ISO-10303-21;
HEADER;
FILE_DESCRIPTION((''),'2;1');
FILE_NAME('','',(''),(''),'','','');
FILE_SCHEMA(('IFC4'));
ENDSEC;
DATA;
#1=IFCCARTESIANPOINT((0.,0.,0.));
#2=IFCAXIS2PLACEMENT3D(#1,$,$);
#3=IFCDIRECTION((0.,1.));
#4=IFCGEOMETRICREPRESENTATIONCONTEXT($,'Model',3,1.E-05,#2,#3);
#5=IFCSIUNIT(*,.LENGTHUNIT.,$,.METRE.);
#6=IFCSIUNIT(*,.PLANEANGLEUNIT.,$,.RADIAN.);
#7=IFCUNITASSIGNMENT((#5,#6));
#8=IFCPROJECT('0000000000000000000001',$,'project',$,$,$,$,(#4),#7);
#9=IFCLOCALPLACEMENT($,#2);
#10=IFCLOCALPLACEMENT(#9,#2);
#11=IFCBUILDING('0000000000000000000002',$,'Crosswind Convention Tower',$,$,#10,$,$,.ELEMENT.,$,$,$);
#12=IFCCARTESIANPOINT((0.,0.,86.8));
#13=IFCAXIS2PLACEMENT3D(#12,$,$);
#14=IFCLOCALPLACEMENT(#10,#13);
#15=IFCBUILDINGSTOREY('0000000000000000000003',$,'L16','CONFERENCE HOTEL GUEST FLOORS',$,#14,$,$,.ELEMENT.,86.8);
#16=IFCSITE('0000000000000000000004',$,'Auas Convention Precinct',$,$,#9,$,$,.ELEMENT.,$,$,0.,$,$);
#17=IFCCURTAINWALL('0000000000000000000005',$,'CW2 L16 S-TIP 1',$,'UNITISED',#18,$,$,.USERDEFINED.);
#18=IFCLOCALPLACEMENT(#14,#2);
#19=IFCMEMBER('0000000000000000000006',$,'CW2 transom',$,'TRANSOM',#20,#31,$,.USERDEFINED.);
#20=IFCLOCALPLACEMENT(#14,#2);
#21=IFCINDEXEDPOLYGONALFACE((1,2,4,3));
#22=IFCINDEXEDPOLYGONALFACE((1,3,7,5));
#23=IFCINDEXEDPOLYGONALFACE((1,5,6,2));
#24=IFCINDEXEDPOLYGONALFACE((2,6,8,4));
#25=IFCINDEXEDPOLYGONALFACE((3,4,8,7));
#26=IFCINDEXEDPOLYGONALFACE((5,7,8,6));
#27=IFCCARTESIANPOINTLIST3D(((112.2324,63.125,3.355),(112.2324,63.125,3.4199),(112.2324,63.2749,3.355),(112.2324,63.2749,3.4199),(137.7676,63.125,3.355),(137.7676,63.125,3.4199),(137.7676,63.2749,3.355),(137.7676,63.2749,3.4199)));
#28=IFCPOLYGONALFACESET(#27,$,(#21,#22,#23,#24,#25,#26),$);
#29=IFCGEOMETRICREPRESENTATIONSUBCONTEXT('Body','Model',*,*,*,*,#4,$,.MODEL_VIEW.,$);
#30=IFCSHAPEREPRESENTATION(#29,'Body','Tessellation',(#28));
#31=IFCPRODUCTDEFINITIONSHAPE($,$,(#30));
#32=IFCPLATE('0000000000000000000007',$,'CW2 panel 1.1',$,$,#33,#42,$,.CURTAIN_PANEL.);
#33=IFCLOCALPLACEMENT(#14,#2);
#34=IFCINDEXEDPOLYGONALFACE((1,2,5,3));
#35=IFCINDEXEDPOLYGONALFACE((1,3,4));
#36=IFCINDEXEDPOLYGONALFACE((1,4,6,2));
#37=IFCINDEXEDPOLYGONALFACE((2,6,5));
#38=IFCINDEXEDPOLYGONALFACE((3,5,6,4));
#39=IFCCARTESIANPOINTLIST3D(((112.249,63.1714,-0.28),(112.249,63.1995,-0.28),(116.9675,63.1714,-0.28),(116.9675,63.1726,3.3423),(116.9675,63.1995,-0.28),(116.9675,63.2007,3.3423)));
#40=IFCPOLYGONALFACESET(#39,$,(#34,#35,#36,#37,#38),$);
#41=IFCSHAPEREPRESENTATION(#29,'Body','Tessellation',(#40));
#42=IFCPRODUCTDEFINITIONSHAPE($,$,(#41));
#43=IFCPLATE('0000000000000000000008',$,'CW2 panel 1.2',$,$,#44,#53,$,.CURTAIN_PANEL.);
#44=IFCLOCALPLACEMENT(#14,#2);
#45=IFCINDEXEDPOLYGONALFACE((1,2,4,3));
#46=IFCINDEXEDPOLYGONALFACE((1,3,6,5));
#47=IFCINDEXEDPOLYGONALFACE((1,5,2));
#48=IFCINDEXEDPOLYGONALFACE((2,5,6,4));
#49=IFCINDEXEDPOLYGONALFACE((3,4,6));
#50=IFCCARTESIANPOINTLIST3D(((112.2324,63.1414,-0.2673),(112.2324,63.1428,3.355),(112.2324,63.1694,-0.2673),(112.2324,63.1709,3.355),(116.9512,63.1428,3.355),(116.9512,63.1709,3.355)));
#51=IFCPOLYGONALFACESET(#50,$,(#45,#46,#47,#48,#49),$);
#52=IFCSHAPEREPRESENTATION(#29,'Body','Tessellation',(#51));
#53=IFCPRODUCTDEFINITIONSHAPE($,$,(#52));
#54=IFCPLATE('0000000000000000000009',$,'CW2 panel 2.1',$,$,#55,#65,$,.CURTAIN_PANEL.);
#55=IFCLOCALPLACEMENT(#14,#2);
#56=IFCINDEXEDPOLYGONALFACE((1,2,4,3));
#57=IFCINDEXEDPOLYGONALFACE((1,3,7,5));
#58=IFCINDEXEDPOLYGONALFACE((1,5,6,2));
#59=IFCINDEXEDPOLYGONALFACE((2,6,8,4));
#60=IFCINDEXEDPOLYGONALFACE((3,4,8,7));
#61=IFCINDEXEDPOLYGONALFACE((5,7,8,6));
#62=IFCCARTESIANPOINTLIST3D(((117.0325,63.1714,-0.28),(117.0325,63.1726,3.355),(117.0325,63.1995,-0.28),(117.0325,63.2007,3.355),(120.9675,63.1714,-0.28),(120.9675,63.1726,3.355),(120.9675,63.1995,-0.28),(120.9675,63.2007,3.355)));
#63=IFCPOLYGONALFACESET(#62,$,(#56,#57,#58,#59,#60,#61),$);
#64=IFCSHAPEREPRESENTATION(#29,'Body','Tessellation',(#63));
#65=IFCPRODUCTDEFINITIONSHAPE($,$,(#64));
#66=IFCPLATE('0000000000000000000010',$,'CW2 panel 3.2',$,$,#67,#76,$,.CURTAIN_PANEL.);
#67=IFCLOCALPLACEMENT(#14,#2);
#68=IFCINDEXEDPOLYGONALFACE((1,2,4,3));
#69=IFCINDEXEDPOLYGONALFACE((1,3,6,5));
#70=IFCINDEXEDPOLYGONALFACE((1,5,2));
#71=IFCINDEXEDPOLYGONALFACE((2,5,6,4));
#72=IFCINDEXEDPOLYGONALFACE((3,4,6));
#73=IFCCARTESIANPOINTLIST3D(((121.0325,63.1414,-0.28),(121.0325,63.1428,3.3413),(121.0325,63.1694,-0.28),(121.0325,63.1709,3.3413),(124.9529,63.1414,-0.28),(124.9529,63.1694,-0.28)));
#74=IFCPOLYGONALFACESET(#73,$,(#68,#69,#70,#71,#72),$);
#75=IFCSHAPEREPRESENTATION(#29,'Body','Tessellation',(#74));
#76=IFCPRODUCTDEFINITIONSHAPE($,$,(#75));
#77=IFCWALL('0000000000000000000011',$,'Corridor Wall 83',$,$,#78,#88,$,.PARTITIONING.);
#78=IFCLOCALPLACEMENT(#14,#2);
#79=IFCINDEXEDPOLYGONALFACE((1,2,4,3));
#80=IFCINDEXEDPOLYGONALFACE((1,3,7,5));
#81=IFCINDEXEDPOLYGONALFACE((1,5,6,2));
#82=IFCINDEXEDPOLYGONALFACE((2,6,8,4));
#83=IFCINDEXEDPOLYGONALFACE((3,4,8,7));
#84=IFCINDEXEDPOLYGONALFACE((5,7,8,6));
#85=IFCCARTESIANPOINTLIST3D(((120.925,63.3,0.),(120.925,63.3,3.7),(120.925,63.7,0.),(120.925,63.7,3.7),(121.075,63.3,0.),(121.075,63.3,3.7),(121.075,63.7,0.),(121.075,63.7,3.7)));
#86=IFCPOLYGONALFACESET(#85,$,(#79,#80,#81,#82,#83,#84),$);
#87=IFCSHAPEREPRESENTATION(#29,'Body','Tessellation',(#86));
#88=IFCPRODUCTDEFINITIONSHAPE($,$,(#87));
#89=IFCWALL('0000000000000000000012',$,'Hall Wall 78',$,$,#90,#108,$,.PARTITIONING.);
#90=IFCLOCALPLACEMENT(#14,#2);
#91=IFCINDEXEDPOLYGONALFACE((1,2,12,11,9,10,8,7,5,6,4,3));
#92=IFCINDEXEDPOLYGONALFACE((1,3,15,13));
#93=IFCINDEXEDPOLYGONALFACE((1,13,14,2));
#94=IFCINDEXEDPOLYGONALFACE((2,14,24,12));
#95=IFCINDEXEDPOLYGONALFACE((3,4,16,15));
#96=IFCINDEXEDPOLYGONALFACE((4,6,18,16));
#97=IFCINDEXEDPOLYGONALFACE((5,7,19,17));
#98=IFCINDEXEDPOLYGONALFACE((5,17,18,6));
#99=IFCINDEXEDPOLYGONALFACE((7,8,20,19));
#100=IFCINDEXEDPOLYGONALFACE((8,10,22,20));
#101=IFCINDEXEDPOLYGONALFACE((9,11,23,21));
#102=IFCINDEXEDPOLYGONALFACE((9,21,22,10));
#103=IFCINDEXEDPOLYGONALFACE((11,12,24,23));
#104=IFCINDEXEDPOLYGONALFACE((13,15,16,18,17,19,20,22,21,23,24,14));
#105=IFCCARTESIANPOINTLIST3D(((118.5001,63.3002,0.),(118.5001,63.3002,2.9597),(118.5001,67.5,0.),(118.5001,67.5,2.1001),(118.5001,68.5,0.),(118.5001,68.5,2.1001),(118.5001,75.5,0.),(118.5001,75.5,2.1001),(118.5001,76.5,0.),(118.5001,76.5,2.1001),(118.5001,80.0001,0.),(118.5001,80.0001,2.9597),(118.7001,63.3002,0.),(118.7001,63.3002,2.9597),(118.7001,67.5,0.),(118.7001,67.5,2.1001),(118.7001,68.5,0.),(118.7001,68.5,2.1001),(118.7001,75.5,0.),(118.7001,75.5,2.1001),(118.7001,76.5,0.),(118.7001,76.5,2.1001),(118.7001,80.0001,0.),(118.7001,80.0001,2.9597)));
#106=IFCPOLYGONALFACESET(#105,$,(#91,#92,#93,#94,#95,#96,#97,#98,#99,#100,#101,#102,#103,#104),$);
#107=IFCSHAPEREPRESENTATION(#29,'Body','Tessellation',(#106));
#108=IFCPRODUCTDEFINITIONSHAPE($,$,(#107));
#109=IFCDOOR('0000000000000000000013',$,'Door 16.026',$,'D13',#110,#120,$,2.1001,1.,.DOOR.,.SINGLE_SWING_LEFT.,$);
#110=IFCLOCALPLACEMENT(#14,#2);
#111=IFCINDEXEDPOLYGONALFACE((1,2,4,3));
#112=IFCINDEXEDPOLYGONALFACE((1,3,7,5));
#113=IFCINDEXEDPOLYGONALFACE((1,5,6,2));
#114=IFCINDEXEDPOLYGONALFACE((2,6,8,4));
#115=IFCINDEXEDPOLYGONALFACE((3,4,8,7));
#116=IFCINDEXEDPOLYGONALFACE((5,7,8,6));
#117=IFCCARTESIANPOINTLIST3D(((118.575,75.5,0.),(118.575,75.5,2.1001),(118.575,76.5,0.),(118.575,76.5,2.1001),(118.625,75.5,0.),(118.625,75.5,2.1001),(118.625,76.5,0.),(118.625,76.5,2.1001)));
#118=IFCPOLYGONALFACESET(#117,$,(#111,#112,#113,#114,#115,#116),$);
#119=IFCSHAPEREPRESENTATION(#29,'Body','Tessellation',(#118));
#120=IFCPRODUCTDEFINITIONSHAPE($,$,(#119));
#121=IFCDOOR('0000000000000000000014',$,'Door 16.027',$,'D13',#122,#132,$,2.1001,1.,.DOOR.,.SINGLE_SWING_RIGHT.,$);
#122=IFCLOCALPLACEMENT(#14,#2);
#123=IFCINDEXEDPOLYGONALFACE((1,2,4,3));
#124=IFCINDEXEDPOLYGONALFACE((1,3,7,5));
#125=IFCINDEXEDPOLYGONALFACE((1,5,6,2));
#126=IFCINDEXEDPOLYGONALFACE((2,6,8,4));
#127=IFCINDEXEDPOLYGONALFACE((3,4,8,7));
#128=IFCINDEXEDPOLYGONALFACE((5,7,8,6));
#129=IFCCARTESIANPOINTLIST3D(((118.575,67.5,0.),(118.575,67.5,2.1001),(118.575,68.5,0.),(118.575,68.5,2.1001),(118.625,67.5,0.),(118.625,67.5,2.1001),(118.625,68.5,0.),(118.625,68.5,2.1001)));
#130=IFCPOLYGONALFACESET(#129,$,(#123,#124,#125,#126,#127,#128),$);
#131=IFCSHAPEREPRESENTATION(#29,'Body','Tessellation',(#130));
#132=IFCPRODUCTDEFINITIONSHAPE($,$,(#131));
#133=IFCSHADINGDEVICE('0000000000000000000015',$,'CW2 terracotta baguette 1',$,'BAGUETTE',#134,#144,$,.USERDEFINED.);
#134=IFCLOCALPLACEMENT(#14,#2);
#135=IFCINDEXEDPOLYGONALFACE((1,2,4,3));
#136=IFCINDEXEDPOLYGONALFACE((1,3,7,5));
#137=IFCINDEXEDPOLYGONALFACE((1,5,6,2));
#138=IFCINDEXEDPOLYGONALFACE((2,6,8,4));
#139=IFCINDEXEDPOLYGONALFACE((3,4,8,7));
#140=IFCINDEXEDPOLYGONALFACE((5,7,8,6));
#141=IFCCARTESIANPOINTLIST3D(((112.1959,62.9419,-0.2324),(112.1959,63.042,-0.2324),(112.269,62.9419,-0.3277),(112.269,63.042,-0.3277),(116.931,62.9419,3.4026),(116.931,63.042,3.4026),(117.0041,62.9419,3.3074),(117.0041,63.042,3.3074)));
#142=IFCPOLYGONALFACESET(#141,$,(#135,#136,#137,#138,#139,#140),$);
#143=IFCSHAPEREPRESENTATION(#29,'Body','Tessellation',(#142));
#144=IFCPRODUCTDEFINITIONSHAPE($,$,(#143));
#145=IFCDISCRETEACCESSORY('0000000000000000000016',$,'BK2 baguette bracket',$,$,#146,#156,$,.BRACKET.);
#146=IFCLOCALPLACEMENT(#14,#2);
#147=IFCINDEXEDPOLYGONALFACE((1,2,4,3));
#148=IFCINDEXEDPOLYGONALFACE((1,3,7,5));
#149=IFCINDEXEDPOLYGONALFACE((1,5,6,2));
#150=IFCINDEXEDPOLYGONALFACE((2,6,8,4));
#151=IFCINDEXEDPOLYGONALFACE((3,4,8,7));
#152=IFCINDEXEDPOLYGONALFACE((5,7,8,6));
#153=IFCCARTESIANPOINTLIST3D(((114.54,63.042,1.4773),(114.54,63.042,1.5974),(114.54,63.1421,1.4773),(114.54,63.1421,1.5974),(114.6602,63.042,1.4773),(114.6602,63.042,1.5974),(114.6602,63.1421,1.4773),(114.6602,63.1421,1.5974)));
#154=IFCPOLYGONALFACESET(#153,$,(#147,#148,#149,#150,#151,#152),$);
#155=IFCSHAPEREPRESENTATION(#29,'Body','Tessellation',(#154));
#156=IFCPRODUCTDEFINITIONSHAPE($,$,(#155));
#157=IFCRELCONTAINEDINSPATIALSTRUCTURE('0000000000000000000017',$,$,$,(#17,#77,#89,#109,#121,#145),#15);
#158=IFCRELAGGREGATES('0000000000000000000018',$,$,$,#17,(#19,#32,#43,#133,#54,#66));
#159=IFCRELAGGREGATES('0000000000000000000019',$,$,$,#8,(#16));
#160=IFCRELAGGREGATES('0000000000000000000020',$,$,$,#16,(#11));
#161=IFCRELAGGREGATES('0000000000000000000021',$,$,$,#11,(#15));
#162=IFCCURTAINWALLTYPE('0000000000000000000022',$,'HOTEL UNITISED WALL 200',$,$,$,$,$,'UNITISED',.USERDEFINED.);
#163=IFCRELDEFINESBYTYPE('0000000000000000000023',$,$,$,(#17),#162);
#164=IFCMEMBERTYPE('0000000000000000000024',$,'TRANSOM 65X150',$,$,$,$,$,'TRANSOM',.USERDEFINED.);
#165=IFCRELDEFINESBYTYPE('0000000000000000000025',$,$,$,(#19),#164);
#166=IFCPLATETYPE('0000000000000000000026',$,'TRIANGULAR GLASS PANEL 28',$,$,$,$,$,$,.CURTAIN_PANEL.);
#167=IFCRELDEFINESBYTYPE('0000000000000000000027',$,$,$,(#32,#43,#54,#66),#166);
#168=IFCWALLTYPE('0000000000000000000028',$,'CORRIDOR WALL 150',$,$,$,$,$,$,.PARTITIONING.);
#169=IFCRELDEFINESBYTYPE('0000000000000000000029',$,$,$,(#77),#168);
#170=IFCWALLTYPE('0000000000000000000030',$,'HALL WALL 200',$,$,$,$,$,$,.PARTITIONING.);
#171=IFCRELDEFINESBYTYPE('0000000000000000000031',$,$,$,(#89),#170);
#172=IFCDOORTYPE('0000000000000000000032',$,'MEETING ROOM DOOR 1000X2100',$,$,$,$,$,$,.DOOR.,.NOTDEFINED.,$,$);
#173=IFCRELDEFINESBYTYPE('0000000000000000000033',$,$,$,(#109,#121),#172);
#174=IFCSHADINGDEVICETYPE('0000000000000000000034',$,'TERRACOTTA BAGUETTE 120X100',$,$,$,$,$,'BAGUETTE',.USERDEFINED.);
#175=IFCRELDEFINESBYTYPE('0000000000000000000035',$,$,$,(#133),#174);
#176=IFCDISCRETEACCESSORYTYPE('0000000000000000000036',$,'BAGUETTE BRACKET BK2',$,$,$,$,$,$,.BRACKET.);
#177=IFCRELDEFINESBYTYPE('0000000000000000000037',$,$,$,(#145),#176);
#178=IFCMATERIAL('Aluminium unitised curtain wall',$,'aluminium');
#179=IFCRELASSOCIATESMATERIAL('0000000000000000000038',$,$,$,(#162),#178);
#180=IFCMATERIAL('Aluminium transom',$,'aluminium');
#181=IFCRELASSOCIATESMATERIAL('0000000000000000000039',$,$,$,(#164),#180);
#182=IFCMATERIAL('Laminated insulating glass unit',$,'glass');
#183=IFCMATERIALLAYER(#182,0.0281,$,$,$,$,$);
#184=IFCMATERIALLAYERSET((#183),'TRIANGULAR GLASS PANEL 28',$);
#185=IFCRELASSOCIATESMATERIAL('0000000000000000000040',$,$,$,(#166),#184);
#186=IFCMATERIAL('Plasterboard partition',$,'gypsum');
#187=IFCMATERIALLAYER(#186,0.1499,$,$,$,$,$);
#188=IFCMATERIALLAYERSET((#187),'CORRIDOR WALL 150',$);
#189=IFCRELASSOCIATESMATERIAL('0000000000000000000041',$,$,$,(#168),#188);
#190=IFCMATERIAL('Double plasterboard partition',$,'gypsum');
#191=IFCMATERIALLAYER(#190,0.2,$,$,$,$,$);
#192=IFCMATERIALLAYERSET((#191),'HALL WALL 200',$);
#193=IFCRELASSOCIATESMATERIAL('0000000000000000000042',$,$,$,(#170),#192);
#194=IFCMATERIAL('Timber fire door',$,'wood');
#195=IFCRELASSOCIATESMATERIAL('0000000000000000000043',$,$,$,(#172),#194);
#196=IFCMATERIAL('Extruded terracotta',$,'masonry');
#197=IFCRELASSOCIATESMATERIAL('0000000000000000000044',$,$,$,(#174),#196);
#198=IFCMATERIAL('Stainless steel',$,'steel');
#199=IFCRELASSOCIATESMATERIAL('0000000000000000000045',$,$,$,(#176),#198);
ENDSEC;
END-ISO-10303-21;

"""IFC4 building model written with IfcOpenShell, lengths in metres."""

from ifc_helpers import new_model, si_unit, direction, frame, frame_2d, origin, origin_2d, place, context, subcontext, project, spatial, polyline, rectangle, outline, extrude, material, layer, layer_set, material_profile, profile_set, type_object, element, fill, aggregate, save


model = new_model("IFC4")

# Units and contexts
model_context = context("Model", 3, precision=1e-05, world=origin(), true_north=direction((0.0, 1.0)))
body_context = subcontext(model_context, "Body", "Model", "MODEL_VIEW")
ifc_project = project(units=[si_unit("LENGTHUNIT", "METRE"), si_unit("PLANEANGLEUNIT", "RADIAN")], contexts=[model_context])

# Site, building, storey
site_placement = place(None, origin())
site = spatial("IfcSite", under=ifc_project, at=site_placement, Name="Auas Convention Precinct", CompositionType="ELEMENT", RefElevation=0.0)
building_placement = place(site_placement, origin())
building = spatial("IfcBuilding", under=site, at=building_placement, Name="Crosswind Convention Tower", CompositionType="ELEMENT")
storey_placement = place(building_placement, frame((0.0, 0.0, 86.8)))
storey = spatial("IfcBuildingStorey", under=building, at=storey_placement, Name="L16", Description="CONFERENCE HOTEL GUEST FLOORS", CompositionType="ELEMENT", Elevation=86.8)

# Curtain wall, member, plates
ifc_material_1 = material(Name="Aluminium unitised curtain wall", Category="aluminium")
curtain_wall_type = type_object("IfcCurtainWallType", Name="HOTEL UNITISED WALL 200", ElementType="UNITISED", PredefinedType="USERDEFINED", material=ifc_material_1)
curtain_wall_placement = place(storey_placement, origin())
curtain_wall = element("IfcCurtainWall", 1, at=curtain_wall_placement, inside=storey, type_object=curtain_wall_type, Name="CW2 L16 S-TIP 1", ObjectType="UNITISED", PredefinedType="USERDEFINED")
ifc_material_2 = material(Name="Aluminium transom", Category="aluminium")
ifc_material_profile_1 = material_profile(ifc_material_2, rectangle(XDim=0.1499, YDim=0.0649, at=origin_2d()), Name="AL 150X65")
ifc_profile_set_1 = profile_set([ifc_material_profile_1], Name="Aluminium transom")
member_type_1 = type_object("IfcMemberType", Name="TRANSOM 65X150", ElementType="TRANSOM", PredefinedType="USERDEFINED", material=ifc_profile_set_1)
member_1_placement = place(storey_placement, frame((112.2324, 63.2, 3.3875), z_axis=(1.0, 0.0, 0.0), x_axis=(0.0, 1.0, 0.0)))
member_1 = element("IfcMember", 2, at=member_1_placement, type_object=member_type_1, Name="CW2 transom", ObjectType="TRANSOM", PredefinedType="USERDEFINED", context=body_context, shape_type="SweptSolid", body=[
    extrude(rectangle(XDim=0.1499, YDim=0.0649, at=origin_2d()), origin(), (0.0, 0.0, 1.0), 25.5352),
])
ifc_material_3 = material(Name="Laminated insulating glass unit", Category="glass")
ifc_layer_1 = layer(ifc_material_3, 0.0281)
ifc_layer_set_1 = layer_set([ifc_layer_1], Name="TRIANGULAR GLASS PANEL 28")
plate_type = type_object("IfcPlateType", Name="TRIANGULAR GLASS PANEL 28", PredefinedType="CURTAIN_PANEL", material=ifc_layer_set_1)
plate_1_placement = place(storey_placement, frame((116.9675, 63.1714, -0.28), z_axis=(0.0, -1.0, 0.000337), x_axis=(0.0, 0.000337, 1.0)))
plate_1 = element("IfcPlate", 3, at=plate_1_placement, type_object=plate_type, Name="CW2 panel 1.1", PredefinedType="CURTAIN_PANEL", context=body_context, shape_type="SweptSolid", body=[
    extrude(outline(polyline([(0.0, 0.0), (3.6223, 0.0), (0.0, 4.7185), (0.0, 0.0)])), origin(), (0.0, 0.0, -1.0), 0.0281),
])
plate_2_placement = place(storey_placement, frame((112.2324, 63.1428, 3.355), z_axis=(0.0, -1.0, 0.000404), x_axis=(0.0, -0.000404, -1.0)))
plate_2 = element("IfcPlate", 4, at=plate_2_placement, type_object=plate_type, Name="CW2 panel 1.2", PredefinedType="CURTAIN_PANEL", context=body_context, shape_type="SweptSolid", body=[
    extrude(outline(polyline([(0.0, 0.0), (3.6223, 0.0), (0.0, 4.7188), (0.0, 0.0)])), origin(), (0.0, 0.0, -1.0), 0.0281),
])
plate_3_placement = place(storey_placement, frame((117.0325, 63.1714, -0.28), z_axis=(0.0, -1.0, 0.000336), x_axis=(1.0, 0.0, 0.0)))
plate_3 = element("IfcPlate", 5, at=plate_3_placement, type_object=plate_type, Name="CW2 panel 2.1", PredefinedType="CURTAIN_PANEL", context=body_context, shape_type="SweptSolid", body=[
    extrude(outline(polyline([(0.0, 0.0), (3.9351, 0.0), (3.9351, 3.635), (0.0, 3.635), (0.0, 0.0)])), origin(), (0.0, 0.0, -1.0), 0.0281),
])
plate_4_placement = place(storey_placement, frame((121.0325, 63.1414, -0.28), z_axis=(0.0, -1.0, 0.000405), x_axis=(1.0, 0.0, 0.0)))
plate_4 = element("IfcPlate", 6, at=plate_4_placement, type_object=plate_type, Name="CW2 panel 3.2", PredefinedType="CURTAIN_PANEL", context=body_context, shape_type="SweptSolid", body=[
    extrude(outline(polyline([(0.0, 0.0), (3.9204, 0.0), (0.0, 3.6213), (0.0, 0.0)])), origin(), (0.0, 0.0, -1.0), 0.0281),
])

# Wall
ifc_material_4 = material(Name="Plasterboard partition", Category="gypsum")
ifc_layer_2 = layer(ifc_material_4, 0.1499)
ifc_layer_set_2 = layer_set([ifc_layer_2], Name="CORRIDOR WALL 150")
wall_type_1 = type_object("IfcWallType", Name="CORRIDOR WALL 150", PredefinedType="PARTITIONING", material=ifc_layer_set_2)
wall_1_placement = place(storey_placement, frame((121.0, 63.3, 0.0), z_axis=(0.0, 0.0, 1.0), x_axis=(0.0, 1.0, 0.0)))
element("IfcWall", 7, at=wall_1_placement, inside=storey, type_object=wall_type_1, Name="Corridor Wall 83", PredefinedType="PARTITIONING", context=body_context, shape_type="SweptSolid", body=[
    extrude(rectangle(XDim=0.3999, YDim=0.1499, at=frame_2d((0.2, 0.0))), origin(), (0.0, 0.0, 1.0), 3.7),
])

# Wall, openings, doors
ifc_material_5 = material(Name="Double plasterboard partition", Category="gypsum")
ifc_layer_3 = layer(ifc_material_5, 0.2)
ifc_layer_set_3 = layer_set([ifc_layer_3], Name="HALL WALL 200")
wall_type_2 = type_object("IfcWallType", Name="HALL WALL 200", PredefinedType="PARTITIONING", material=ifc_layer_set_3)
wall_2_placement = place(storey_placement, frame((118.6001, 63.3, 0.0), z_axis=(0.0, 0.0, 1.0), x_axis=(0.0, 1.0, 0.0)))
wall_2 = element("IfcWall", 8, at=wall_2_placement, inside=storey, type_object=wall_type_2, Name="Hall Wall 78", PredefinedType="PARTITIONING", context=body_context, shape_type="SweptSolid", body=[
    extrude(rectangle(XDim=16.7, YDim=0.2, at=frame_2d((8.3501, 0.0))), origin(), (0.0, 0.0, 1.0), 2.9597),
])
opening_1_placement = place(wall_2_placement, frame((12.2, 0.0, 0.0)))
opening_1 = element("IfcOpeningElement", 9, at=opening_1_placement, cuts=wall_2, PredefinedType="OPENING", context=body_context, shape_type="SweptSolid", body=[
    extrude(rectangle(XDim=1.0, YDim=2.1001, at=frame_2d((0.5, 1.05))), frame((0.0, 0.1099, 0.0), z_axis=(0.0, -1.0, 0.0), x_axis=(1.0, 0.0, 0.0)), (0.0, 0.0, 1.0), 0.22),
])
opening_2_placement = place(wall_2_placement, frame((4.2, 0.0, 0.0)))
opening_2 = element("IfcOpeningElement", 10, at=opening_2_placement, cuts=wall_2, PredefinedType="OPENING", context=body_context, shape_type="SweptSolid", body=[
    extrude(rectangle(XDim=1.0, YDim=2.1001, at=frame_2d((0.5, 1.05))), frame((0.0, 0.1099, 0.0), z_axis=(0.0, -1.0, 0.0), x_axis=(1.0, 0.0, 0.0)), (0.0, 0.0, 1.0), 0.22),
])
ifc_material_6 = material(Name="Timber fire door", Category="wood")
door_type = type_object("IfcDoorType", Name="MEETING ROOM DOOR 1000X2100", OperationType="NOTDEFINED", PredefinedType="DOOR", material=ifc_material_6)
door_1_placement = place(opening_1_placement, frame((1.0, 0.0, 0.0), z_axis=(0.0, 0.0, 1.0), x_axis=(-1.0, 0.0, 0.0)))
door_1 = element("IfcDoor", 11, at=door_1_placement, inside=storey, type_object=door_type, Name="Door 16.026", ObjectType="D13", OperationType="SINGLE_SWING_LEFT", OverallHeight=2.1001, OverallWidth=1.0, PredefinedType="DOOR", context=body_context, shape_type="SweptSolid", body=[
    extrude(rectangle(XDim=1.0, YDim=2.1001, at=frame_2d((0.5, 1.05))), frame((0.0, 0.0249, 0.0), z_axis=(0.0, -1.0, 0.0), x_axis=(1.0, 0.0, 0.0)), (0.0, 0.0, 1.0), 0.05),
])
fill(opening_1, door_1)
door_2_placement = place(opening_2_placement, frame((1.0, 0.0, 0.0), z_axis=(0.0, 0.0, 1.0), x_axis=(-1.0, 0.0, 0.0)))
door_2 = element("IfcDoor", 12, at=door_2_placement, inside=storey, type_object=door_type, Name="Door 16.027", ObjectType="D13", OperationType="SINGLE_SWING_RIGHT", OverallHeight=2.1001, OverallWidth=1.0, PredefinedType="DOOR", context=body_context, shape_type="SweptSolid", body=[
    extrude(rectangle(XDim=1.0, YDim=2.1001, at=frame_2d((0.5, 1.05))), frame((0.0, 0.0249, 0.0), z_axis=(0.0, -1.0, 0.0), x_axis=(1.0, 0.0, 0.0)), (0.0, 0.0, 1.0), 0.05),
])
fill(opening_2, door_2)

# Shading device
ifc_material_7 = material(Name="Extruded terracotta", Category="masonry")
ifc_material_profile_2 = material_profile(ifc_material_7, rectangle(XDim=0.1001, YDim=0.1201, at=origin_2d()), Name="TC 100X120")
ifc_profile_set_2 = profile_set([ifc_material_profile_2], Name="Extruded terracotta")
shading_device_type = type_object("IfcShadingDeviceType", Name="TERRACOTTA BAGUETTE 120X100", ElementType="BAGUETTE", PredefinedType="USERDEFINED", material=ifc_profile_set_2)
shading_device_placement = place(storey_placement, frame((112.2324, 62.9919, -0.28), z_axis=(0.793221, 0.0, 0.608934), x_axis=(0.0, 1.0, 0.0)))
shading_device = element("IfcShadingDevice", 13, at=shading_device_placement, type_object=shading_device_type, Name="CW2 terracotta baguette 1", ObjectType="BAGUETTE", PredefinedType="USERDEFINED", context=body_context, shape_type="SweptSolid", body=[
    extrude(rectangle(XDim=0.1001, YDim=0.1201, at=origin_2d()), origin(), (0.0, 0.0, 1.0), 5.9695),
])
aggregate(curtain_wall, [member_1, plate_1, plate_2, shading_device, plate_3, plate_4])

# Discrete accessory
ifc_material_8 = material(Name="Stainless steel", Category="steel")
discrete_accessory_type = type_object("IfcDiscreteAccessoryType", Name="BAGUETTE BRACKET BK2", PredefinedType="BRACKET", material=ifc_material_8)
discrete_accessory_placement = place(storey_placement, frame((114.6001, 63.092, 1.4773), z_axis=(0.0, 0.0, 1.0), x_axis=(1.0, 0.0, 0.0)))
element("IfcDiscreteAccessory", 14, at=discrete_accessory_placement, inside=storey, type_object=discrete_accessory_type, Name="BK2 baguette bracket", PredefinedType="BRACKET", context=body_context, shape_type="SweptSolid", body=[
    extrude(rectangle(XDim=0.1201, YDim=0.1001, at=origin_2d()), origin(), (0.0, 0.0, 1.0), 0.1201),
])

save(model, "model.ifc")
